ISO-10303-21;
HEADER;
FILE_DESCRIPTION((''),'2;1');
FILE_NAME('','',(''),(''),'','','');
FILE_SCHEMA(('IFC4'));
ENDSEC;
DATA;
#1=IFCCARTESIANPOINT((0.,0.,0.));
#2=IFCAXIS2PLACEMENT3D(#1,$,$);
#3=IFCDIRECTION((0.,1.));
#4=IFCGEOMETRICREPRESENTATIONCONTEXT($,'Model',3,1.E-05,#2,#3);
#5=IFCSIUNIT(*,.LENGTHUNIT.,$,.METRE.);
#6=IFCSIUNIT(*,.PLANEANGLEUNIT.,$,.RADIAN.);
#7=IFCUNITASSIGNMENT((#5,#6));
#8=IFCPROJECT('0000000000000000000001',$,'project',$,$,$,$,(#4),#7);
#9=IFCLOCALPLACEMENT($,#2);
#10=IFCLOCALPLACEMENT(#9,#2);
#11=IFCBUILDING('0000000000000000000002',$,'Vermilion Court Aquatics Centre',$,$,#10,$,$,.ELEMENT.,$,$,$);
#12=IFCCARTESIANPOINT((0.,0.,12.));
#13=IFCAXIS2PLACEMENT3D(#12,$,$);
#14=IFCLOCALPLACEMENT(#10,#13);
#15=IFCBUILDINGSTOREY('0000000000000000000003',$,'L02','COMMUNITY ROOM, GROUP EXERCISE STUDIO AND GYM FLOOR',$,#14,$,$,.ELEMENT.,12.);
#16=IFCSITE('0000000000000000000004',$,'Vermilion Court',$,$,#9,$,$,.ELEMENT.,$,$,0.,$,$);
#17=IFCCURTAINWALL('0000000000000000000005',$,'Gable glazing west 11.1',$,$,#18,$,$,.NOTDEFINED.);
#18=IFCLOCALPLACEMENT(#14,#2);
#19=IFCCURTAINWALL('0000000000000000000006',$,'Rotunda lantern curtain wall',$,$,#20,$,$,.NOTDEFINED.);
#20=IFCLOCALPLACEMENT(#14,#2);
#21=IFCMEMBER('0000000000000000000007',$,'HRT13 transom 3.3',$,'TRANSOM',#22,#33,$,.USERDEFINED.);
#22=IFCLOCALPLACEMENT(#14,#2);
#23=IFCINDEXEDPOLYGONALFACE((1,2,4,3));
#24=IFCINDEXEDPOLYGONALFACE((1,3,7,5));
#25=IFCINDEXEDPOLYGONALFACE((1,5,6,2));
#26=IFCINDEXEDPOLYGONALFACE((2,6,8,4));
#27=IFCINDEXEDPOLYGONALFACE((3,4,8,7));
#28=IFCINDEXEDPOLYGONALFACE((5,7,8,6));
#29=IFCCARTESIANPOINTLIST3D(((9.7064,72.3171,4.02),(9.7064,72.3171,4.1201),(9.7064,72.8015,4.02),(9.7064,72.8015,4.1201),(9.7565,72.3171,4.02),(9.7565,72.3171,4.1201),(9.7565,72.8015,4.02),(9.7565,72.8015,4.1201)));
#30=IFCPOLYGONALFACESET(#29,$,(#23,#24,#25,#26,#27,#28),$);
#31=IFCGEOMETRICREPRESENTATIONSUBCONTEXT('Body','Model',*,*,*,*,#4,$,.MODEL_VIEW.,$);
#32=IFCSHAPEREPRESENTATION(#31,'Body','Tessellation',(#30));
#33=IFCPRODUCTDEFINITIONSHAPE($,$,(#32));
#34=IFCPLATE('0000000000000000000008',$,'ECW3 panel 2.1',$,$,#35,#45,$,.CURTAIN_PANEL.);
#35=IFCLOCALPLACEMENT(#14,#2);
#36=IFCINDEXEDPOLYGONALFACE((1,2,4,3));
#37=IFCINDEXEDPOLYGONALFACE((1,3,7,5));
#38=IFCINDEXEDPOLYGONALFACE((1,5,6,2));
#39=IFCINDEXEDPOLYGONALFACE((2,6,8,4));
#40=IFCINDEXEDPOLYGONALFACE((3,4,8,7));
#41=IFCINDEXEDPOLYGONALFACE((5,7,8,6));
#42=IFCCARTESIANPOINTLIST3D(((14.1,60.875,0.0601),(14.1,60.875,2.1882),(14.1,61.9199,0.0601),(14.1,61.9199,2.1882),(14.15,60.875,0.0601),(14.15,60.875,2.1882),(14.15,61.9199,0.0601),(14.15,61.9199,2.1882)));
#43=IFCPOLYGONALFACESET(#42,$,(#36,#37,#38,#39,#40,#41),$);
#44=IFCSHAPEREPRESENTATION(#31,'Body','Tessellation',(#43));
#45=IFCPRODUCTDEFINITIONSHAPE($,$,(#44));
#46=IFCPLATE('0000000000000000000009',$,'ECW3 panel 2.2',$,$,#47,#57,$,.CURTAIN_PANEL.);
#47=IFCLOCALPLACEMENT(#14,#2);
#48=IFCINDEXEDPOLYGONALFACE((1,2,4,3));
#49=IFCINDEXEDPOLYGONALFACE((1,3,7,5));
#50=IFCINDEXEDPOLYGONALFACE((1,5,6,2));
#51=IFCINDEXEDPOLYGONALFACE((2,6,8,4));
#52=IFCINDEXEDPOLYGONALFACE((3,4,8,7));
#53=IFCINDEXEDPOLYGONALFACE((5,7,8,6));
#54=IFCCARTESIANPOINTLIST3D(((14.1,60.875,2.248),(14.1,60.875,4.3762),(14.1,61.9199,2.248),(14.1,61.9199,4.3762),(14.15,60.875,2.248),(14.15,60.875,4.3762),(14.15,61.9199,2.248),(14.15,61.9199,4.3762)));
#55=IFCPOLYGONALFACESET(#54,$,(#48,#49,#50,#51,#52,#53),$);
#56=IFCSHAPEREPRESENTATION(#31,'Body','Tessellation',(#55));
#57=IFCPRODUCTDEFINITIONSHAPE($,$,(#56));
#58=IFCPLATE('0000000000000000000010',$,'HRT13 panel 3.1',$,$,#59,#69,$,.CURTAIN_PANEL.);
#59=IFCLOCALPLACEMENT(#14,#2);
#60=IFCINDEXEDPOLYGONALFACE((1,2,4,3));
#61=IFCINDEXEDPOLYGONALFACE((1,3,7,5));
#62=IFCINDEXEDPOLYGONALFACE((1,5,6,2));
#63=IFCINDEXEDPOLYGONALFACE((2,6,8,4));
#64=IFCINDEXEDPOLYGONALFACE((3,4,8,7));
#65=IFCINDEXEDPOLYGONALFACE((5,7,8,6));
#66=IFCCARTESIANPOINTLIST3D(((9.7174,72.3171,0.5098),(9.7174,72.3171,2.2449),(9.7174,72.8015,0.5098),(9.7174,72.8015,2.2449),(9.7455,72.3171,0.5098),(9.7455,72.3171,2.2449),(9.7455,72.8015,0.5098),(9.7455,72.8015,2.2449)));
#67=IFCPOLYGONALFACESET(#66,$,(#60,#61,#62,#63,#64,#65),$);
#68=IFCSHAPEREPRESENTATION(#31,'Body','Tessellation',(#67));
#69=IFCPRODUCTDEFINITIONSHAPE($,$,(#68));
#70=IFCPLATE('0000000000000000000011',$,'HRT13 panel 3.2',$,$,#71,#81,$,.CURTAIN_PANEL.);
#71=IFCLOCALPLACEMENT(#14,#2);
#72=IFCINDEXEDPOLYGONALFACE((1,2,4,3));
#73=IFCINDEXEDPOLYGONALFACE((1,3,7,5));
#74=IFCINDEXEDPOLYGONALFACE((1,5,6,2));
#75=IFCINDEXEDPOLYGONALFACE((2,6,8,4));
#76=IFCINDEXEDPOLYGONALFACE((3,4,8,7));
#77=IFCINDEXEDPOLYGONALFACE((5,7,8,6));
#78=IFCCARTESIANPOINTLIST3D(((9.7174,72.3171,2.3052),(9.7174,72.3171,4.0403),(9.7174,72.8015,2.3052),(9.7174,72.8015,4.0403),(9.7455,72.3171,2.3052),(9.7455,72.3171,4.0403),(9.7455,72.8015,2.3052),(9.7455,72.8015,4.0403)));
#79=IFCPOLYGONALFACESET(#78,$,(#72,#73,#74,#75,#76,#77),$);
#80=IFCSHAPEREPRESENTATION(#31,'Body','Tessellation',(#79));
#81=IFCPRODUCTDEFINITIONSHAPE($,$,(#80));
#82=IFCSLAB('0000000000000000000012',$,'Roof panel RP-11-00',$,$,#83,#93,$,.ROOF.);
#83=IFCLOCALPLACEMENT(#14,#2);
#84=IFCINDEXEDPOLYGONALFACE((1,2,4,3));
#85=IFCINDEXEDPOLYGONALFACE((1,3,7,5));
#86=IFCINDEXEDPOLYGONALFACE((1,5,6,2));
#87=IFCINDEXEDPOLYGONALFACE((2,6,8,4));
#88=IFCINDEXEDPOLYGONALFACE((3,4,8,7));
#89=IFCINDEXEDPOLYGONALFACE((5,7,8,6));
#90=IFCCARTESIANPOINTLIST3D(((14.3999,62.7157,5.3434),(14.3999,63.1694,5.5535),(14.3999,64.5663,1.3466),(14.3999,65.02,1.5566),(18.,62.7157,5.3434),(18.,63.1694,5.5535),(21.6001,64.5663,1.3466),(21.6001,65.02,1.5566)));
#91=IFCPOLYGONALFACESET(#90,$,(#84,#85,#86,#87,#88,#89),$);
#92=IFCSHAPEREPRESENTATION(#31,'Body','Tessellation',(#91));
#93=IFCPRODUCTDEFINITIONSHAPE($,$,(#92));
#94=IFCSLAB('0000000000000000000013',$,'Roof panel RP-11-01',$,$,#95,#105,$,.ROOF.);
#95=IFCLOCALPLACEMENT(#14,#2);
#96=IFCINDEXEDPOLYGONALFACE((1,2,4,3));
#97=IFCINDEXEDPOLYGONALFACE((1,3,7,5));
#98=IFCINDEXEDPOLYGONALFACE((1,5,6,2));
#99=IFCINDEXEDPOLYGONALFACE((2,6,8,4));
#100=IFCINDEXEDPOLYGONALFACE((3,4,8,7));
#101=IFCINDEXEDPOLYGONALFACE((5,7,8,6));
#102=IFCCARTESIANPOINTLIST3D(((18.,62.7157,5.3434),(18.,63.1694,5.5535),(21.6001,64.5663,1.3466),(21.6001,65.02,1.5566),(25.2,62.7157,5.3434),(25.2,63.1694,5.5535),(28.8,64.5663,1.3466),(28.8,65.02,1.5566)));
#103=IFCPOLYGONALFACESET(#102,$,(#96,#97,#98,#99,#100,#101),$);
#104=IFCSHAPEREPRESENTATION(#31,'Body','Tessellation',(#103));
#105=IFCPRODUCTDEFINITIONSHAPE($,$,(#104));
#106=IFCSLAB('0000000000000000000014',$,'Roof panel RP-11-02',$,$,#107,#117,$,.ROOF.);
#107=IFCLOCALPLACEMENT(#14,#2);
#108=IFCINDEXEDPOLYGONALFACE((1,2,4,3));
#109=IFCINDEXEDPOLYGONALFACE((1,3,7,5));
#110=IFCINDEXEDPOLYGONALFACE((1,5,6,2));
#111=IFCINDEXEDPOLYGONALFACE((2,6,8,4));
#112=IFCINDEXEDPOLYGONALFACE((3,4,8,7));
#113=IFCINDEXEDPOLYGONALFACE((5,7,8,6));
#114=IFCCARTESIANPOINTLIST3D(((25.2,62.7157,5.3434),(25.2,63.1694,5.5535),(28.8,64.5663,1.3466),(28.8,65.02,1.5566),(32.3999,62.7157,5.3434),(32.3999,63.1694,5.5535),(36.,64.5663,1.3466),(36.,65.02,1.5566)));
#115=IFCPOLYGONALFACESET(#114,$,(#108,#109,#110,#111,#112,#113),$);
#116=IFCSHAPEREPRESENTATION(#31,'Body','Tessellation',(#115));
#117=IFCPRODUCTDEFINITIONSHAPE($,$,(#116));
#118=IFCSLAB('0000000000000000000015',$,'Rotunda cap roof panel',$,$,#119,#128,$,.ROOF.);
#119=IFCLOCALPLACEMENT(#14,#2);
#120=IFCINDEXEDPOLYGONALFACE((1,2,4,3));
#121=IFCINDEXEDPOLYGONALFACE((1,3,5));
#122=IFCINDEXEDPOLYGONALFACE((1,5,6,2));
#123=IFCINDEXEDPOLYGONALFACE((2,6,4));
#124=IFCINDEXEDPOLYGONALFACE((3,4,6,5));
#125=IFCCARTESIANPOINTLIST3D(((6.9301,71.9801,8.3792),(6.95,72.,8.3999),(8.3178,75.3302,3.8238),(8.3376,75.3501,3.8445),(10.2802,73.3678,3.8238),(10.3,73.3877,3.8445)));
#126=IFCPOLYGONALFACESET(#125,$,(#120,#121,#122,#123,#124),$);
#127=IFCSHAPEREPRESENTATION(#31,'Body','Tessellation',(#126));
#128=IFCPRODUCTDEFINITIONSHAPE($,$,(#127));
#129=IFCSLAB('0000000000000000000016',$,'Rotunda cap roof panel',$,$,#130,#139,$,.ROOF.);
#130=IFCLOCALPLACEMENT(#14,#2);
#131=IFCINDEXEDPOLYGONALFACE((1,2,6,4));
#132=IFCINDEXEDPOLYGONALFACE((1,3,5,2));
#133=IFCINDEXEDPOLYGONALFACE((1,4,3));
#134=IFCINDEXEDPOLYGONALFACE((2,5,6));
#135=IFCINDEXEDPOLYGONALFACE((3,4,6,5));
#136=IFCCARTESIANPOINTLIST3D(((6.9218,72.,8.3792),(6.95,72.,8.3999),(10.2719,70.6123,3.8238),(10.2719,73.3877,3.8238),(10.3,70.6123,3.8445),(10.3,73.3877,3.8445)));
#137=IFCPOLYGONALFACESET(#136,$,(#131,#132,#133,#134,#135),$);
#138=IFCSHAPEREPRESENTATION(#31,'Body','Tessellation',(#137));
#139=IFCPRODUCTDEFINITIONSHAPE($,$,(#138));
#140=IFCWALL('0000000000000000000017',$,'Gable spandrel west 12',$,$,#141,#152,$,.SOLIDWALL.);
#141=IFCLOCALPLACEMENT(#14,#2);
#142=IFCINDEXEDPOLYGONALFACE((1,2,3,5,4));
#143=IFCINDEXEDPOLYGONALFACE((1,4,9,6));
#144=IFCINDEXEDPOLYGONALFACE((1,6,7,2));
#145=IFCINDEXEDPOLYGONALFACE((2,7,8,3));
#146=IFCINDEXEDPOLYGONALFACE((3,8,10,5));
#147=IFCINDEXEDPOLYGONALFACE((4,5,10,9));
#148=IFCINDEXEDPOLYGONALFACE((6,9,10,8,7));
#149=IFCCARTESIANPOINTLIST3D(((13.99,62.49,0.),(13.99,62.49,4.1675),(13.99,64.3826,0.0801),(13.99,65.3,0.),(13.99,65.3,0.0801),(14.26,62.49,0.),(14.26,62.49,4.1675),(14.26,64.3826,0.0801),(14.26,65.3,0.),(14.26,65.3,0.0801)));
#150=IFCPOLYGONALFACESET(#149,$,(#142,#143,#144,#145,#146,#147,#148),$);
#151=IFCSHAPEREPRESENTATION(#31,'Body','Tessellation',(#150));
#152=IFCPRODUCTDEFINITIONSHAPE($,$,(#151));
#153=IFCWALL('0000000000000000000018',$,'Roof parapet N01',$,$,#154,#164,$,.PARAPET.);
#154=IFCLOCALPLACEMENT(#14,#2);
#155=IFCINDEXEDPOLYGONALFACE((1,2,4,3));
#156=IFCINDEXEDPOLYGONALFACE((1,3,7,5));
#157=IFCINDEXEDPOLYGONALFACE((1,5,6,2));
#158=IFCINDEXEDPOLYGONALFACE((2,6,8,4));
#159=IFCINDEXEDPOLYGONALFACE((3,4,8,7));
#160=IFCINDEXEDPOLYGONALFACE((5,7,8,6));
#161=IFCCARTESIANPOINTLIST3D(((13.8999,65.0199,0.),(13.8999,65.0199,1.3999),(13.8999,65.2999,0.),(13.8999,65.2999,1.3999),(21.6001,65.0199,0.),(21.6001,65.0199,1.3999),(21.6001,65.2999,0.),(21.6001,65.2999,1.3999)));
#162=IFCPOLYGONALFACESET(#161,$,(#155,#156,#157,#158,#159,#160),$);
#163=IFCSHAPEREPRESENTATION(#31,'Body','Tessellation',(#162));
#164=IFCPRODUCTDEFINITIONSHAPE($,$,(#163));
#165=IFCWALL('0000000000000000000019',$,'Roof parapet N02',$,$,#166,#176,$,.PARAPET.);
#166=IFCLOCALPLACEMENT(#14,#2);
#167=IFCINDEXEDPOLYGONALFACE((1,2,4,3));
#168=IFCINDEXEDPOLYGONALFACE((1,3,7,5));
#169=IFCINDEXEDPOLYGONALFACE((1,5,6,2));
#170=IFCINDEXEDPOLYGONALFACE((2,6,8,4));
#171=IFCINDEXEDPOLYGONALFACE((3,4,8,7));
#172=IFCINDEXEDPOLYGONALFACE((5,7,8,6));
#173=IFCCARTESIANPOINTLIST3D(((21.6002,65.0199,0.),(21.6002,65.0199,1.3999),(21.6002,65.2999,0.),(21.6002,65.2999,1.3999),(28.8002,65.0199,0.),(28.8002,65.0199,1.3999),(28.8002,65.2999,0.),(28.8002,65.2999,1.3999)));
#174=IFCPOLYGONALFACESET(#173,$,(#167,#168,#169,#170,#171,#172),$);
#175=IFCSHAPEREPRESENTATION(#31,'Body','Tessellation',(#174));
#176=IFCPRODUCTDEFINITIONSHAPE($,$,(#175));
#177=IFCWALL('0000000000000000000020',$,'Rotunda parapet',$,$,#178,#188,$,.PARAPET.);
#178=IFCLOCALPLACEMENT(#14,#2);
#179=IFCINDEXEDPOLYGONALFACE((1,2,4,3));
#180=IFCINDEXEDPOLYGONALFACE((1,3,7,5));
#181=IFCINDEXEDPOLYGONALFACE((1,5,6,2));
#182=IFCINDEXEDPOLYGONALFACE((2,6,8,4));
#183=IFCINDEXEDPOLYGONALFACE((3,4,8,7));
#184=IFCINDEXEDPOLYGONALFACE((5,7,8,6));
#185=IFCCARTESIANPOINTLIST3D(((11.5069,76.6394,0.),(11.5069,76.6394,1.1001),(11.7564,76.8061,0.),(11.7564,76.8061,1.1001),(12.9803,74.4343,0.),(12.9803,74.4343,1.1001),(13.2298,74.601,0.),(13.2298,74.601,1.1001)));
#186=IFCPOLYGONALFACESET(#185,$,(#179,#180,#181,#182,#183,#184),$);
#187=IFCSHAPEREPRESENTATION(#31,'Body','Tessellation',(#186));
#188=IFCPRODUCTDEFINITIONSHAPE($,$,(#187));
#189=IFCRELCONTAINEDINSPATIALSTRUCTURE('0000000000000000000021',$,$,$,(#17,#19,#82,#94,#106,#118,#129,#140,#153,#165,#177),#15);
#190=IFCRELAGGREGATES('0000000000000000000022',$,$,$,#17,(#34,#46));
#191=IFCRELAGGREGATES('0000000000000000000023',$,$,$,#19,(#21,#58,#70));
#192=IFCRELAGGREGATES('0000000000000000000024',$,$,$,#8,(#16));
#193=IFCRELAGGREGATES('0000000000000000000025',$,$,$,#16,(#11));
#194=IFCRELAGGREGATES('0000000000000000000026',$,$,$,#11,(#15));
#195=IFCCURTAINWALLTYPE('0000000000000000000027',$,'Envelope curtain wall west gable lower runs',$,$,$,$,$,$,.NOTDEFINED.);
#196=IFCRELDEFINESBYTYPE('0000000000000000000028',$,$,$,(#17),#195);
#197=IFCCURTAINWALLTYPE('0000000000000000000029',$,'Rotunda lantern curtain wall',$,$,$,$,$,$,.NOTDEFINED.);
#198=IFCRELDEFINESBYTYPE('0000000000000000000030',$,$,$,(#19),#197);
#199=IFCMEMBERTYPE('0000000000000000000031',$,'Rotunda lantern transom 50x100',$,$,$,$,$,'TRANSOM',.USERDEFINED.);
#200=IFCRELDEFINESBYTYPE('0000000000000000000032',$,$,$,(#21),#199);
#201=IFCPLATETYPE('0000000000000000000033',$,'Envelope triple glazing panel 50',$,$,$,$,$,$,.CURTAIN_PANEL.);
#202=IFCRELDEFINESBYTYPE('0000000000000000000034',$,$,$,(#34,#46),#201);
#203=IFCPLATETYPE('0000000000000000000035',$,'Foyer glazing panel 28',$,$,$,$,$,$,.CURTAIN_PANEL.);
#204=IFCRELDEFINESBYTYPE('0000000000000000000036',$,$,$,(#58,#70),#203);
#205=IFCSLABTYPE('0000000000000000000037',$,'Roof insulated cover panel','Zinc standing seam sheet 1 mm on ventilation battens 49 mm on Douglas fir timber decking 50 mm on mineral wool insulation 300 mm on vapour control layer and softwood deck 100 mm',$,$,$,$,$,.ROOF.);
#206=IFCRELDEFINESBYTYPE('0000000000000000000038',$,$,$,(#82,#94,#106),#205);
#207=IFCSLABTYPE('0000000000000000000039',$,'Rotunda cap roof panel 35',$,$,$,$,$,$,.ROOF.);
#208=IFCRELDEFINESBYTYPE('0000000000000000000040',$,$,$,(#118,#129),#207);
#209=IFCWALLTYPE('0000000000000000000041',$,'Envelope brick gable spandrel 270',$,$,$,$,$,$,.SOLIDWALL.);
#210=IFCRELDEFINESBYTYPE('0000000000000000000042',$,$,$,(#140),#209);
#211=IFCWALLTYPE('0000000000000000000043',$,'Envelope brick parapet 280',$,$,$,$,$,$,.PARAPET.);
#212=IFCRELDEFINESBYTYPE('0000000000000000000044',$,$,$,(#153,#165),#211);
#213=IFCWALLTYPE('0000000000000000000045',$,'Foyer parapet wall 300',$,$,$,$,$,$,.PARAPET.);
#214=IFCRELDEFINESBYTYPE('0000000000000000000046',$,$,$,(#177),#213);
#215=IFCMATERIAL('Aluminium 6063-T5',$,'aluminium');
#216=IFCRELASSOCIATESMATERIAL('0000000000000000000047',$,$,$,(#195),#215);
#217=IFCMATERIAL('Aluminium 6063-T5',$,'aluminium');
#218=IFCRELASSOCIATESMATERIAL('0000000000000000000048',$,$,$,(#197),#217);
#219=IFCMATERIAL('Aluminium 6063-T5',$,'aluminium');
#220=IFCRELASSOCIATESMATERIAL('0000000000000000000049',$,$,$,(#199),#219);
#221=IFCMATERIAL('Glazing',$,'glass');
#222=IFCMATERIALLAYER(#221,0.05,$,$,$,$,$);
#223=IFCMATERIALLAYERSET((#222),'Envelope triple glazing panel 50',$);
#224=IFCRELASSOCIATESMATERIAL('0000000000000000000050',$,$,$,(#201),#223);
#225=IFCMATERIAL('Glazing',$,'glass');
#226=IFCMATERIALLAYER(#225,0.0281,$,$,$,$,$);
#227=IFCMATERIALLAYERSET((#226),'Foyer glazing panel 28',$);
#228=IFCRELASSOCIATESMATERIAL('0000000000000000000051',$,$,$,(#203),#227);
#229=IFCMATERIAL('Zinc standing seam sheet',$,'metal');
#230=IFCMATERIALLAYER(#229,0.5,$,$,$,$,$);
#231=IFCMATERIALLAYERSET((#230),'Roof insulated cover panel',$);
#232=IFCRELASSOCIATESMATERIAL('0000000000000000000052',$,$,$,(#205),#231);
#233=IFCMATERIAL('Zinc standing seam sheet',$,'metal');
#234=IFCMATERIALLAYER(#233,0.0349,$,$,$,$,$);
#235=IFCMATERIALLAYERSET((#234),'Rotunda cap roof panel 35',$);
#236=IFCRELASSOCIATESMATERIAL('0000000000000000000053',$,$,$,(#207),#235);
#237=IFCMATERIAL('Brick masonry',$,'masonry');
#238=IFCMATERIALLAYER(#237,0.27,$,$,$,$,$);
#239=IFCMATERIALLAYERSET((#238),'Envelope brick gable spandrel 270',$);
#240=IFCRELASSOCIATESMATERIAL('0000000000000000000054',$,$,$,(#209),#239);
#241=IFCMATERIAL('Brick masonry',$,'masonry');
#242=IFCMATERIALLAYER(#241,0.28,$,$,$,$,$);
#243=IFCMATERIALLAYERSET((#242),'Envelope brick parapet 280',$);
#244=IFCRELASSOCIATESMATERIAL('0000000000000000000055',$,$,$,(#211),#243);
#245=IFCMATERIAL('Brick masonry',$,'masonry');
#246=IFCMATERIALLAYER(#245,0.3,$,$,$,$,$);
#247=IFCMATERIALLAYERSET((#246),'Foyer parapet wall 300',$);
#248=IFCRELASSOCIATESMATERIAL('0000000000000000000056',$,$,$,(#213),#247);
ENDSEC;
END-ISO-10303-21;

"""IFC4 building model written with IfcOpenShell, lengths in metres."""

from ifc_helpers import new_model, si_unit, direction, frame, frame_2d, origin, origin_2d, place, context, subcontext, project, spatial, polyline, rectangle, outline, extrude, material, layer, layer_set, material_profile, profile_set, type_object, element, aggregate, save


model = new_model("IFC4")

# Units and contexts
model_context = context("Model", 3, precision=1e-05, world=origin(), true_north=direction((0.0, 1.0)))
body_context = subcontext(model_context, "Body", "Model", "MODEL_VIEW")
ifc_project = project(units=[si_unit("LENGTHUNIT", "METRE"), si_unit("PLANEANGLEUNIT", "RADIAN")], contexts=[model_context])

# Site, building, storey
site_placement = place(None, origin())
site = spatial("IfcSite", under=ifc_project, at=site_placement, Name="Vermilion Court", CompositionType="ELEMENT", RefElevation=0.0)
building_placement = place(site_placement, origin())
building = spatial("IfcBuilding", under=site, at=building_placement, Name="Vermilion Court Aquatics Centre", CompositionType="ELEMENT")
storey_placement = place(building_placement, frame((0.0, 0.0, 12.0)))
storey = spatial("IfcBuildingStorey", under=building, at=storey_placement, Name="L02", Description="COMMUNITY ROOM, GROUP EXERCISE STUDIO AND GYM FLOOR", CompositionType="ELEMENT", Elevation=12.0)

# Curtain wall
ifc_material_1 = material(Name="Aluminium 6063-T5", Category="aluminium")
curtain_wall_type_1 = type_object("IfcCurtainWallType", Name="Envelope curtain wall west gable lower runs", PredefinedType="NOTDEFINED", material=ifc_material_1)
curtain_wall_1_placement = place(storey_placement, origin())
curtain_wall_1 = element("IfcCurtainWall", 1, at=curtain_wall_1_placement, inside=storey, type_object=curtain_wall_type_1, Name="Gable glazing west 11.1", PredefinedType="NOTDEFINED")

# Curtain wall
ifc_material_2 = material(Name="Aluminium 6063-T5", Category="aluminium")
curtain_wall_type_2 = type_object("IfcCurtainWallType", Name="Rotunda lantern curtain wall", PredefinedType="NOTDEFINED", material=ifc_material_2)
curtain_wall_2_placement = place(storey_placement, origin())
curtain_wall_2 = element("IfcCurtainWall", 2, at=curtain_wall_2_placement, inside=storey, type_object=curtain_wall_type_2, Name="Rotunda lantern curtain wall", PredefinedType="NOTDEFINED")

# Member
ifc_material_3 = material(Name="Aluminium 6063-T5", Category="aluminium")
ifc_material_profile_1 = material_profile(ifc_material_3, rectangle(XDim=0.05, YDim=0.1001, at=origin_2d()), Name="Aluminium 50x100")
ifc_profile_set_1 = profile_set([ifc_material_profile_1], Name="Aluminium 6063-T5")
member_type_1 = type_object("IfcMemberType", Name="Rotunda lantern transom 50x100", ElementType="TRANSOM", PredefinedType="USERDEFINED", material=ifc_profile_set_1)
member_1_placement = place(storey_placement, frame((9.7314, 72.3171, 4.0701), z_axis=(0.0, 1.0, 0.0), x_axis=(-1.0, 0.0, 0.0)))
member_1 = element("IfcMember", 3, at=member_1_placement, type_object=member_type_1, Name="HRT13 transom 3.3", ObjectType="TRANSOM", PredefinedType="USERDEFINED", context=body_context, shape_type="SweptSolid", body=[
    extrude(rectangle(XDim=0.05, YDim=0.1001, at=origin_2d()), origin(), (0.0, 0.0, 1.0), 0.4844),
])

# Plates
ifc_material_4 = material(Name="Glazing", Category="glass")
ifc_layer_1 = layer(ifc_material_4, 0.05)
ifc_layer_set_1 = layer_set([ifc_layer_1], Name="Envelope triple glazing panel 50")
plate_type_1 = type_object("IfcPlateType", Name="Envelope triple glazing panel 50", PredefinedType="CURTAIN_PANEL", material=ifc_layer_set_1)
plate_1_placement = place(storey_placement, frame((14.125, 61.3975, 0.0601), z_axis=(0.0, 0.0, 1.0), x_axis=(0.0, 1.0, 0.0)))
plate_1 = element("IfcPlate", 4, at=plate_1_placement, type_object=plate_type_1, Name="ECW3 panel 2.1", PredefinedType="CURTAIN_PANEL", context=body_context, shape_type="SweptSolid", body=[
    extrude(rectangle(XDim=1.0449, YDim=0.05, at=origin_2d()), origin(), (0.0, 0.0, 1.0), 2.1282),
])
plate_2_placement = place(storey_placement, frame((14.125, 61.3975, 2.248), z_axis=(0.0, 0.0, 1.0), x_axis=(0.0, 1.0, 0.0)))
plate_2 = element("IfcPlate", 5, at=plate_2_placement, type_object=plate_type_1, Name="ECW3 panel 2.2", PredefinedType="CURTAIN_PANEL", context=body_context, shape_type="SweptSolid", body=[
    extrude(rectangle(XDim=1.0449, YDim=0.05, at=origin_2d()), origin(), (0.0, 0.0, 1.0), 2.1282),
])
aggregate(curtain_wall_1, [plate_1, plate_2])
ifc_material_5 = material(Name="Glazing", Category="glass")
ifc_layer_2 = layer(ifc_material_5, 0.0281)
ifc_layer_set_2 = layer_set([ifc_layer_2], Name="Foyer glazing panel 28")
plate_type_2 = type_object("IfcPlateType", Name="Foyer glazing panel 28", PredefinedType="CURTAIN_PANEL", material=ifc_layer_set_2)
plate_3_placement = place(storey_placement, frame((9.7314, 72.5593, 0.5098), z_axis=(0.0, 0.0, 1.0), x_axis=(0.0, 1.0, 0.0)))
plate_3 = element("IfcPlate", 6, at=plate_3_placement, type_object=plate_type_2, Name="HRT13 panel 3.1", PredefinedType="CURTAIN_PANEL", context=body_context, shape_type="SweptSolid", body=[
    extrude(rectangle(XDim=0.4844, YDim=0.0281, at=origin_2d()), origin(), (0.0, 0.0, 1.0), 1.7351),
])
plate_4_placement = place(storey_placement, frame((9.7314, 72.5593, 2.3052), z_axis=(0.0, 0.0, 1.0), x_axis=(0.0, 1.0, 0.0)))
plate_4 = element("IfcPlate", 7, at=plate_4_placement, type_object=plate_type_2, Name="HRT13 panel 3.2", PredefinedType="CURTAIN_PANEL", context=body_context, shape_type="SweptSolid", body=[
    extrude(rectangle(XDim=0.4844, YDim=0.0281, at=origin_2d()), origin(), (0.0, 0.0, 1.0), 1.7351),
])
aggregate(curtain_wall_2, [member_1, plate_3, plate_4])

# Slabs
ifc_material_6 = material(Name="Zinc standing seam sheet", Category="metal")
ifc_layer_3 = layer(ifc_material_6, 0.5)
ifc_layer_set_3 = layer_set([ifc_layer_3], Name="Roof insulated cover panel")
slab_type_1 = type_object("IfcSlabType", Name="Roof insulated cover panel", Description="Zinc standing seam sheet 1 mm on ventilation battens 49 mm on Douglas fir timber decking 50 mm on mineral wool insulation 300 mm on vapour control layer and softwood deck 100 mm", PredefinedType="ROOF", material=ifc_layer_set_3)
slab_1_placement = place(storey_placement, frame((14.3999, 63.1694, 5.5535), z_axis=(0.0, 0.907449, 0.420162), x_axis=(1.0, 0.0, 0.0)))
element("IfcSlab", 8, at=slab_1_placement, inside=storey, type_object=slab_type_1, Name="Roof panel RP-11-00", PredefinedType="ROOF", context=body_context, shape_type="SweptSolid", body=[
    extrude(outline(polyline([(0.0, 0.0), (3.6001, 0.0), (7.2002, 4.4045), (0.0, 4.4045), (0.0, 0.0)])), origin(), (0.0, 0.0, -1.0), 0.5),
])
for number, where, z_axis, x_axis, name in (
    (9, (18.0, 63.1694, 5.5535), (0.0, 0.907449, 0.420162), (1.0, 0.0, 0.0), "Roof panel RP-11-01"),
    (10, (25.2, 63.1694, 5.5535), (0.0, 0.907449, 0.420162), (1.0, 0.0, 0.0), "Roof panel RP-11-02"),
):
    element("IfcSlab", number, at=place(storey_placement, frame(where, z_axis=z_axis, x_axis=x_axis)), inside=storey, type_object=slab_type_1, Name=name, PredefinedType="ROOF", context=body_context, shape_type="SweptSolid", body=[
        extrude(outline(polyline([(0.0, 0.0), (7.2, 0.0), (10.8, 4.4045), (3.6001, 4.4045), (0.0, 0.0)])), origin(), (0.0, 0.0, -1.0), 0.5),
    ])
ifc_material_7 = material(Name="Zinc standing seam sheet", Category="metal")
ifc_layer_4 = layer(ifc_material_7, 0.0349)
ifc_layer_set_4 = layer_set([ifc_layer_4], Name="Rotunda cap roof panel 35")
slab_type_2 = type_object("IfcSlabType", Name="Rotunda cap roof panel 35", PredefinedType="ROOF", material=ifc_layer_set_4)
slab_2_placement = place(storey_placement, frame((10.3, 73.3877, 3.8445), z_axis=(0.569648, 0.569648, 0.592454), x_axis=(-0.707107, 0.707107, 0.0)))
element("IfcSlab", 11, at=slab_2_placement, inside=storey, type_object=slab_type_2, Name="Rotunda cap roof panel", PredefinedType="ROOF", context=body_context, shape_type="SweptSolid", body=[
    extrude(outline(polyline([(0.0, 0.0), (2.7753, 0.0), (1.3876, 5.6547), (0.0, 0.0)])), origin(), (0.0, 0.0, -1.0), 0.0349),
])
slab_3_placement = place(storey_placement, frame((10.3, 70.6123, 3.8445), z_axis=(0.805607, 0.0, 0.592451), x_axis=(0.0, 1.0, 0.0)))
element("IfcSlab", 12, at=slab_3_placement, inside=storey, type_object=slab_type_2, Name="Rotunda cap roof panel", PredefinedType="ROOF", context=body_context, shape_type="SweptSolid", body=[
    extrude(outline(polyline([(0.0, 0.0), (2.7754, 0.0), (1.3877, 5.6546), (0.0, 0.0)])), origin(), (0.0, 0.0, -1.0), 0.0349),
])

# Walls
ifc_material_8 = material(Name="Brick masonry", Category="masonry")
ifc_layer_5 = layer(ifc_material_8, 0.27)
ifc_layer_set_5 = layer_set([ifc_layer_5], Name="Envelope brick gable spandrel 270")
wall_type_1 = type_object("IfcWallType", Name="Envelope brick gable spandrel 270", PredefinedType="SOLIDWALL", material=ifc_layer_set_5)
wall_1_placement = place(storey_placement, frame((14.125, 62.49, 0.0), z_axis=(0.0, 0.0, 1.0), x_axis=(0.0, 1.0, 0.0)))
element("IfcWall", 13, at=wall_1_placement, inside=storey, type_object=wall_type_1, Name="Gable spandrel west 12", PredefinedType="SOLIDWALL", context=body_context, shape_type="SweptSolid", body=[
    extrude(outline(polyline([(0.0, 0.0), (2.8101, 0.0), (2.8101, 0.0801), (1.8926, 0.0801), (0.0, 4.1675), (0.0, 0.0)])), frame((0.0, 0.135, 0.0), z_axis=(0.0, -1.0, 0.0), x_axis=(1.0, 0.0, 0.0)), (0.0, 0.0, 1.0), 0.27),
])
ifc_material_9 = material(Name="Brick masonry", Category="masonry")
ifc_layer_6 = layer(ifc_material_9, 0.28)
ifc_layer_set_6 = layer_set([ifc_layer_6], Name="Envelope brick parapet 280")
wall_type_2 = type_object("IfcWallType", Name="Envelope brick parapet 280", PredefinedType="PARAPET", material=ifc_layer_set_6)
wall_2_placement = place(storey_placement, frame((13.8999, 65.1599, 0.0), z_axis=(0.0, 0.0, 1.0), x_axis=(1.0, 0.0, 0.0)))
element("IfcWall", 14, at=wall_2_placement, inside=storey, type_object=wall_type_2, Name="Roof parapet N01", PredefinedType="PARAPET", context=body_context, shape_type="SweptSolid", body=[
    extrude(rectangle(XDim=7.7002, YDim=0.28, at=frame_2d((3.8501, 0.0))), origin(), (0.0, 0.0, 1.0), 1.3999),
])
wall_3_placement = place(storey_placement, frame((21.6001, 65.1599, 0.0), z_axis=(0.0, 0.0, 1.0), x_axis=(1.0, 0.0, 0.0)))
element("IfcWall", 15, at=wall_3_placement, inside=storey, type_object=wall_type_2, Name="Roof parapet N02", PredefinedType="PARAPET", context=body_context, shape_type="SweptSolid", body=[
    extrude(rectangle(XDim=7.2, YDim=0.28, at=frame_2d((3.6001, 0.0))), origin(), (0.0, 0.0, 1.0), 1.3999),
])
ifc_material_10 = material(Name="Brick masonry", Category="masonry")
ifc_layer_7 = layer(ifc_material_10, 0.3)
ifc_layer_set_7 = layer_set([ifc_layer_7], Name="Foyer parapet wall 300")
wall_type_3 = type_object("IfcWallType", Name="Foyer parapet wall 300", PredefinedType="PARAPET", material=ifc_layer_set_7)
wall_4_placement = place(storey_placement, frame((11.6316, 76.7229, 0.0), z_axis=(0.0, 0.0, 1.0), x_axis=(0.555571, -0.831469, 0.0)))
element("IfcWall", 16, at=wall_4_placement, inside=storey, type_object=wall_type_3, Name="Rotunda parapet", PredefinedType="PARAPET", context=body_context, shape_type="SweptSolid", body=[
    extrude(rectangle(XDim=2.6521, YDim=0.3, at=frame_2d((1.3262, 0.0))), origin(), (0.0, 0.0, 1.0), 1.1001),
])

save(model, "model.ifc")
